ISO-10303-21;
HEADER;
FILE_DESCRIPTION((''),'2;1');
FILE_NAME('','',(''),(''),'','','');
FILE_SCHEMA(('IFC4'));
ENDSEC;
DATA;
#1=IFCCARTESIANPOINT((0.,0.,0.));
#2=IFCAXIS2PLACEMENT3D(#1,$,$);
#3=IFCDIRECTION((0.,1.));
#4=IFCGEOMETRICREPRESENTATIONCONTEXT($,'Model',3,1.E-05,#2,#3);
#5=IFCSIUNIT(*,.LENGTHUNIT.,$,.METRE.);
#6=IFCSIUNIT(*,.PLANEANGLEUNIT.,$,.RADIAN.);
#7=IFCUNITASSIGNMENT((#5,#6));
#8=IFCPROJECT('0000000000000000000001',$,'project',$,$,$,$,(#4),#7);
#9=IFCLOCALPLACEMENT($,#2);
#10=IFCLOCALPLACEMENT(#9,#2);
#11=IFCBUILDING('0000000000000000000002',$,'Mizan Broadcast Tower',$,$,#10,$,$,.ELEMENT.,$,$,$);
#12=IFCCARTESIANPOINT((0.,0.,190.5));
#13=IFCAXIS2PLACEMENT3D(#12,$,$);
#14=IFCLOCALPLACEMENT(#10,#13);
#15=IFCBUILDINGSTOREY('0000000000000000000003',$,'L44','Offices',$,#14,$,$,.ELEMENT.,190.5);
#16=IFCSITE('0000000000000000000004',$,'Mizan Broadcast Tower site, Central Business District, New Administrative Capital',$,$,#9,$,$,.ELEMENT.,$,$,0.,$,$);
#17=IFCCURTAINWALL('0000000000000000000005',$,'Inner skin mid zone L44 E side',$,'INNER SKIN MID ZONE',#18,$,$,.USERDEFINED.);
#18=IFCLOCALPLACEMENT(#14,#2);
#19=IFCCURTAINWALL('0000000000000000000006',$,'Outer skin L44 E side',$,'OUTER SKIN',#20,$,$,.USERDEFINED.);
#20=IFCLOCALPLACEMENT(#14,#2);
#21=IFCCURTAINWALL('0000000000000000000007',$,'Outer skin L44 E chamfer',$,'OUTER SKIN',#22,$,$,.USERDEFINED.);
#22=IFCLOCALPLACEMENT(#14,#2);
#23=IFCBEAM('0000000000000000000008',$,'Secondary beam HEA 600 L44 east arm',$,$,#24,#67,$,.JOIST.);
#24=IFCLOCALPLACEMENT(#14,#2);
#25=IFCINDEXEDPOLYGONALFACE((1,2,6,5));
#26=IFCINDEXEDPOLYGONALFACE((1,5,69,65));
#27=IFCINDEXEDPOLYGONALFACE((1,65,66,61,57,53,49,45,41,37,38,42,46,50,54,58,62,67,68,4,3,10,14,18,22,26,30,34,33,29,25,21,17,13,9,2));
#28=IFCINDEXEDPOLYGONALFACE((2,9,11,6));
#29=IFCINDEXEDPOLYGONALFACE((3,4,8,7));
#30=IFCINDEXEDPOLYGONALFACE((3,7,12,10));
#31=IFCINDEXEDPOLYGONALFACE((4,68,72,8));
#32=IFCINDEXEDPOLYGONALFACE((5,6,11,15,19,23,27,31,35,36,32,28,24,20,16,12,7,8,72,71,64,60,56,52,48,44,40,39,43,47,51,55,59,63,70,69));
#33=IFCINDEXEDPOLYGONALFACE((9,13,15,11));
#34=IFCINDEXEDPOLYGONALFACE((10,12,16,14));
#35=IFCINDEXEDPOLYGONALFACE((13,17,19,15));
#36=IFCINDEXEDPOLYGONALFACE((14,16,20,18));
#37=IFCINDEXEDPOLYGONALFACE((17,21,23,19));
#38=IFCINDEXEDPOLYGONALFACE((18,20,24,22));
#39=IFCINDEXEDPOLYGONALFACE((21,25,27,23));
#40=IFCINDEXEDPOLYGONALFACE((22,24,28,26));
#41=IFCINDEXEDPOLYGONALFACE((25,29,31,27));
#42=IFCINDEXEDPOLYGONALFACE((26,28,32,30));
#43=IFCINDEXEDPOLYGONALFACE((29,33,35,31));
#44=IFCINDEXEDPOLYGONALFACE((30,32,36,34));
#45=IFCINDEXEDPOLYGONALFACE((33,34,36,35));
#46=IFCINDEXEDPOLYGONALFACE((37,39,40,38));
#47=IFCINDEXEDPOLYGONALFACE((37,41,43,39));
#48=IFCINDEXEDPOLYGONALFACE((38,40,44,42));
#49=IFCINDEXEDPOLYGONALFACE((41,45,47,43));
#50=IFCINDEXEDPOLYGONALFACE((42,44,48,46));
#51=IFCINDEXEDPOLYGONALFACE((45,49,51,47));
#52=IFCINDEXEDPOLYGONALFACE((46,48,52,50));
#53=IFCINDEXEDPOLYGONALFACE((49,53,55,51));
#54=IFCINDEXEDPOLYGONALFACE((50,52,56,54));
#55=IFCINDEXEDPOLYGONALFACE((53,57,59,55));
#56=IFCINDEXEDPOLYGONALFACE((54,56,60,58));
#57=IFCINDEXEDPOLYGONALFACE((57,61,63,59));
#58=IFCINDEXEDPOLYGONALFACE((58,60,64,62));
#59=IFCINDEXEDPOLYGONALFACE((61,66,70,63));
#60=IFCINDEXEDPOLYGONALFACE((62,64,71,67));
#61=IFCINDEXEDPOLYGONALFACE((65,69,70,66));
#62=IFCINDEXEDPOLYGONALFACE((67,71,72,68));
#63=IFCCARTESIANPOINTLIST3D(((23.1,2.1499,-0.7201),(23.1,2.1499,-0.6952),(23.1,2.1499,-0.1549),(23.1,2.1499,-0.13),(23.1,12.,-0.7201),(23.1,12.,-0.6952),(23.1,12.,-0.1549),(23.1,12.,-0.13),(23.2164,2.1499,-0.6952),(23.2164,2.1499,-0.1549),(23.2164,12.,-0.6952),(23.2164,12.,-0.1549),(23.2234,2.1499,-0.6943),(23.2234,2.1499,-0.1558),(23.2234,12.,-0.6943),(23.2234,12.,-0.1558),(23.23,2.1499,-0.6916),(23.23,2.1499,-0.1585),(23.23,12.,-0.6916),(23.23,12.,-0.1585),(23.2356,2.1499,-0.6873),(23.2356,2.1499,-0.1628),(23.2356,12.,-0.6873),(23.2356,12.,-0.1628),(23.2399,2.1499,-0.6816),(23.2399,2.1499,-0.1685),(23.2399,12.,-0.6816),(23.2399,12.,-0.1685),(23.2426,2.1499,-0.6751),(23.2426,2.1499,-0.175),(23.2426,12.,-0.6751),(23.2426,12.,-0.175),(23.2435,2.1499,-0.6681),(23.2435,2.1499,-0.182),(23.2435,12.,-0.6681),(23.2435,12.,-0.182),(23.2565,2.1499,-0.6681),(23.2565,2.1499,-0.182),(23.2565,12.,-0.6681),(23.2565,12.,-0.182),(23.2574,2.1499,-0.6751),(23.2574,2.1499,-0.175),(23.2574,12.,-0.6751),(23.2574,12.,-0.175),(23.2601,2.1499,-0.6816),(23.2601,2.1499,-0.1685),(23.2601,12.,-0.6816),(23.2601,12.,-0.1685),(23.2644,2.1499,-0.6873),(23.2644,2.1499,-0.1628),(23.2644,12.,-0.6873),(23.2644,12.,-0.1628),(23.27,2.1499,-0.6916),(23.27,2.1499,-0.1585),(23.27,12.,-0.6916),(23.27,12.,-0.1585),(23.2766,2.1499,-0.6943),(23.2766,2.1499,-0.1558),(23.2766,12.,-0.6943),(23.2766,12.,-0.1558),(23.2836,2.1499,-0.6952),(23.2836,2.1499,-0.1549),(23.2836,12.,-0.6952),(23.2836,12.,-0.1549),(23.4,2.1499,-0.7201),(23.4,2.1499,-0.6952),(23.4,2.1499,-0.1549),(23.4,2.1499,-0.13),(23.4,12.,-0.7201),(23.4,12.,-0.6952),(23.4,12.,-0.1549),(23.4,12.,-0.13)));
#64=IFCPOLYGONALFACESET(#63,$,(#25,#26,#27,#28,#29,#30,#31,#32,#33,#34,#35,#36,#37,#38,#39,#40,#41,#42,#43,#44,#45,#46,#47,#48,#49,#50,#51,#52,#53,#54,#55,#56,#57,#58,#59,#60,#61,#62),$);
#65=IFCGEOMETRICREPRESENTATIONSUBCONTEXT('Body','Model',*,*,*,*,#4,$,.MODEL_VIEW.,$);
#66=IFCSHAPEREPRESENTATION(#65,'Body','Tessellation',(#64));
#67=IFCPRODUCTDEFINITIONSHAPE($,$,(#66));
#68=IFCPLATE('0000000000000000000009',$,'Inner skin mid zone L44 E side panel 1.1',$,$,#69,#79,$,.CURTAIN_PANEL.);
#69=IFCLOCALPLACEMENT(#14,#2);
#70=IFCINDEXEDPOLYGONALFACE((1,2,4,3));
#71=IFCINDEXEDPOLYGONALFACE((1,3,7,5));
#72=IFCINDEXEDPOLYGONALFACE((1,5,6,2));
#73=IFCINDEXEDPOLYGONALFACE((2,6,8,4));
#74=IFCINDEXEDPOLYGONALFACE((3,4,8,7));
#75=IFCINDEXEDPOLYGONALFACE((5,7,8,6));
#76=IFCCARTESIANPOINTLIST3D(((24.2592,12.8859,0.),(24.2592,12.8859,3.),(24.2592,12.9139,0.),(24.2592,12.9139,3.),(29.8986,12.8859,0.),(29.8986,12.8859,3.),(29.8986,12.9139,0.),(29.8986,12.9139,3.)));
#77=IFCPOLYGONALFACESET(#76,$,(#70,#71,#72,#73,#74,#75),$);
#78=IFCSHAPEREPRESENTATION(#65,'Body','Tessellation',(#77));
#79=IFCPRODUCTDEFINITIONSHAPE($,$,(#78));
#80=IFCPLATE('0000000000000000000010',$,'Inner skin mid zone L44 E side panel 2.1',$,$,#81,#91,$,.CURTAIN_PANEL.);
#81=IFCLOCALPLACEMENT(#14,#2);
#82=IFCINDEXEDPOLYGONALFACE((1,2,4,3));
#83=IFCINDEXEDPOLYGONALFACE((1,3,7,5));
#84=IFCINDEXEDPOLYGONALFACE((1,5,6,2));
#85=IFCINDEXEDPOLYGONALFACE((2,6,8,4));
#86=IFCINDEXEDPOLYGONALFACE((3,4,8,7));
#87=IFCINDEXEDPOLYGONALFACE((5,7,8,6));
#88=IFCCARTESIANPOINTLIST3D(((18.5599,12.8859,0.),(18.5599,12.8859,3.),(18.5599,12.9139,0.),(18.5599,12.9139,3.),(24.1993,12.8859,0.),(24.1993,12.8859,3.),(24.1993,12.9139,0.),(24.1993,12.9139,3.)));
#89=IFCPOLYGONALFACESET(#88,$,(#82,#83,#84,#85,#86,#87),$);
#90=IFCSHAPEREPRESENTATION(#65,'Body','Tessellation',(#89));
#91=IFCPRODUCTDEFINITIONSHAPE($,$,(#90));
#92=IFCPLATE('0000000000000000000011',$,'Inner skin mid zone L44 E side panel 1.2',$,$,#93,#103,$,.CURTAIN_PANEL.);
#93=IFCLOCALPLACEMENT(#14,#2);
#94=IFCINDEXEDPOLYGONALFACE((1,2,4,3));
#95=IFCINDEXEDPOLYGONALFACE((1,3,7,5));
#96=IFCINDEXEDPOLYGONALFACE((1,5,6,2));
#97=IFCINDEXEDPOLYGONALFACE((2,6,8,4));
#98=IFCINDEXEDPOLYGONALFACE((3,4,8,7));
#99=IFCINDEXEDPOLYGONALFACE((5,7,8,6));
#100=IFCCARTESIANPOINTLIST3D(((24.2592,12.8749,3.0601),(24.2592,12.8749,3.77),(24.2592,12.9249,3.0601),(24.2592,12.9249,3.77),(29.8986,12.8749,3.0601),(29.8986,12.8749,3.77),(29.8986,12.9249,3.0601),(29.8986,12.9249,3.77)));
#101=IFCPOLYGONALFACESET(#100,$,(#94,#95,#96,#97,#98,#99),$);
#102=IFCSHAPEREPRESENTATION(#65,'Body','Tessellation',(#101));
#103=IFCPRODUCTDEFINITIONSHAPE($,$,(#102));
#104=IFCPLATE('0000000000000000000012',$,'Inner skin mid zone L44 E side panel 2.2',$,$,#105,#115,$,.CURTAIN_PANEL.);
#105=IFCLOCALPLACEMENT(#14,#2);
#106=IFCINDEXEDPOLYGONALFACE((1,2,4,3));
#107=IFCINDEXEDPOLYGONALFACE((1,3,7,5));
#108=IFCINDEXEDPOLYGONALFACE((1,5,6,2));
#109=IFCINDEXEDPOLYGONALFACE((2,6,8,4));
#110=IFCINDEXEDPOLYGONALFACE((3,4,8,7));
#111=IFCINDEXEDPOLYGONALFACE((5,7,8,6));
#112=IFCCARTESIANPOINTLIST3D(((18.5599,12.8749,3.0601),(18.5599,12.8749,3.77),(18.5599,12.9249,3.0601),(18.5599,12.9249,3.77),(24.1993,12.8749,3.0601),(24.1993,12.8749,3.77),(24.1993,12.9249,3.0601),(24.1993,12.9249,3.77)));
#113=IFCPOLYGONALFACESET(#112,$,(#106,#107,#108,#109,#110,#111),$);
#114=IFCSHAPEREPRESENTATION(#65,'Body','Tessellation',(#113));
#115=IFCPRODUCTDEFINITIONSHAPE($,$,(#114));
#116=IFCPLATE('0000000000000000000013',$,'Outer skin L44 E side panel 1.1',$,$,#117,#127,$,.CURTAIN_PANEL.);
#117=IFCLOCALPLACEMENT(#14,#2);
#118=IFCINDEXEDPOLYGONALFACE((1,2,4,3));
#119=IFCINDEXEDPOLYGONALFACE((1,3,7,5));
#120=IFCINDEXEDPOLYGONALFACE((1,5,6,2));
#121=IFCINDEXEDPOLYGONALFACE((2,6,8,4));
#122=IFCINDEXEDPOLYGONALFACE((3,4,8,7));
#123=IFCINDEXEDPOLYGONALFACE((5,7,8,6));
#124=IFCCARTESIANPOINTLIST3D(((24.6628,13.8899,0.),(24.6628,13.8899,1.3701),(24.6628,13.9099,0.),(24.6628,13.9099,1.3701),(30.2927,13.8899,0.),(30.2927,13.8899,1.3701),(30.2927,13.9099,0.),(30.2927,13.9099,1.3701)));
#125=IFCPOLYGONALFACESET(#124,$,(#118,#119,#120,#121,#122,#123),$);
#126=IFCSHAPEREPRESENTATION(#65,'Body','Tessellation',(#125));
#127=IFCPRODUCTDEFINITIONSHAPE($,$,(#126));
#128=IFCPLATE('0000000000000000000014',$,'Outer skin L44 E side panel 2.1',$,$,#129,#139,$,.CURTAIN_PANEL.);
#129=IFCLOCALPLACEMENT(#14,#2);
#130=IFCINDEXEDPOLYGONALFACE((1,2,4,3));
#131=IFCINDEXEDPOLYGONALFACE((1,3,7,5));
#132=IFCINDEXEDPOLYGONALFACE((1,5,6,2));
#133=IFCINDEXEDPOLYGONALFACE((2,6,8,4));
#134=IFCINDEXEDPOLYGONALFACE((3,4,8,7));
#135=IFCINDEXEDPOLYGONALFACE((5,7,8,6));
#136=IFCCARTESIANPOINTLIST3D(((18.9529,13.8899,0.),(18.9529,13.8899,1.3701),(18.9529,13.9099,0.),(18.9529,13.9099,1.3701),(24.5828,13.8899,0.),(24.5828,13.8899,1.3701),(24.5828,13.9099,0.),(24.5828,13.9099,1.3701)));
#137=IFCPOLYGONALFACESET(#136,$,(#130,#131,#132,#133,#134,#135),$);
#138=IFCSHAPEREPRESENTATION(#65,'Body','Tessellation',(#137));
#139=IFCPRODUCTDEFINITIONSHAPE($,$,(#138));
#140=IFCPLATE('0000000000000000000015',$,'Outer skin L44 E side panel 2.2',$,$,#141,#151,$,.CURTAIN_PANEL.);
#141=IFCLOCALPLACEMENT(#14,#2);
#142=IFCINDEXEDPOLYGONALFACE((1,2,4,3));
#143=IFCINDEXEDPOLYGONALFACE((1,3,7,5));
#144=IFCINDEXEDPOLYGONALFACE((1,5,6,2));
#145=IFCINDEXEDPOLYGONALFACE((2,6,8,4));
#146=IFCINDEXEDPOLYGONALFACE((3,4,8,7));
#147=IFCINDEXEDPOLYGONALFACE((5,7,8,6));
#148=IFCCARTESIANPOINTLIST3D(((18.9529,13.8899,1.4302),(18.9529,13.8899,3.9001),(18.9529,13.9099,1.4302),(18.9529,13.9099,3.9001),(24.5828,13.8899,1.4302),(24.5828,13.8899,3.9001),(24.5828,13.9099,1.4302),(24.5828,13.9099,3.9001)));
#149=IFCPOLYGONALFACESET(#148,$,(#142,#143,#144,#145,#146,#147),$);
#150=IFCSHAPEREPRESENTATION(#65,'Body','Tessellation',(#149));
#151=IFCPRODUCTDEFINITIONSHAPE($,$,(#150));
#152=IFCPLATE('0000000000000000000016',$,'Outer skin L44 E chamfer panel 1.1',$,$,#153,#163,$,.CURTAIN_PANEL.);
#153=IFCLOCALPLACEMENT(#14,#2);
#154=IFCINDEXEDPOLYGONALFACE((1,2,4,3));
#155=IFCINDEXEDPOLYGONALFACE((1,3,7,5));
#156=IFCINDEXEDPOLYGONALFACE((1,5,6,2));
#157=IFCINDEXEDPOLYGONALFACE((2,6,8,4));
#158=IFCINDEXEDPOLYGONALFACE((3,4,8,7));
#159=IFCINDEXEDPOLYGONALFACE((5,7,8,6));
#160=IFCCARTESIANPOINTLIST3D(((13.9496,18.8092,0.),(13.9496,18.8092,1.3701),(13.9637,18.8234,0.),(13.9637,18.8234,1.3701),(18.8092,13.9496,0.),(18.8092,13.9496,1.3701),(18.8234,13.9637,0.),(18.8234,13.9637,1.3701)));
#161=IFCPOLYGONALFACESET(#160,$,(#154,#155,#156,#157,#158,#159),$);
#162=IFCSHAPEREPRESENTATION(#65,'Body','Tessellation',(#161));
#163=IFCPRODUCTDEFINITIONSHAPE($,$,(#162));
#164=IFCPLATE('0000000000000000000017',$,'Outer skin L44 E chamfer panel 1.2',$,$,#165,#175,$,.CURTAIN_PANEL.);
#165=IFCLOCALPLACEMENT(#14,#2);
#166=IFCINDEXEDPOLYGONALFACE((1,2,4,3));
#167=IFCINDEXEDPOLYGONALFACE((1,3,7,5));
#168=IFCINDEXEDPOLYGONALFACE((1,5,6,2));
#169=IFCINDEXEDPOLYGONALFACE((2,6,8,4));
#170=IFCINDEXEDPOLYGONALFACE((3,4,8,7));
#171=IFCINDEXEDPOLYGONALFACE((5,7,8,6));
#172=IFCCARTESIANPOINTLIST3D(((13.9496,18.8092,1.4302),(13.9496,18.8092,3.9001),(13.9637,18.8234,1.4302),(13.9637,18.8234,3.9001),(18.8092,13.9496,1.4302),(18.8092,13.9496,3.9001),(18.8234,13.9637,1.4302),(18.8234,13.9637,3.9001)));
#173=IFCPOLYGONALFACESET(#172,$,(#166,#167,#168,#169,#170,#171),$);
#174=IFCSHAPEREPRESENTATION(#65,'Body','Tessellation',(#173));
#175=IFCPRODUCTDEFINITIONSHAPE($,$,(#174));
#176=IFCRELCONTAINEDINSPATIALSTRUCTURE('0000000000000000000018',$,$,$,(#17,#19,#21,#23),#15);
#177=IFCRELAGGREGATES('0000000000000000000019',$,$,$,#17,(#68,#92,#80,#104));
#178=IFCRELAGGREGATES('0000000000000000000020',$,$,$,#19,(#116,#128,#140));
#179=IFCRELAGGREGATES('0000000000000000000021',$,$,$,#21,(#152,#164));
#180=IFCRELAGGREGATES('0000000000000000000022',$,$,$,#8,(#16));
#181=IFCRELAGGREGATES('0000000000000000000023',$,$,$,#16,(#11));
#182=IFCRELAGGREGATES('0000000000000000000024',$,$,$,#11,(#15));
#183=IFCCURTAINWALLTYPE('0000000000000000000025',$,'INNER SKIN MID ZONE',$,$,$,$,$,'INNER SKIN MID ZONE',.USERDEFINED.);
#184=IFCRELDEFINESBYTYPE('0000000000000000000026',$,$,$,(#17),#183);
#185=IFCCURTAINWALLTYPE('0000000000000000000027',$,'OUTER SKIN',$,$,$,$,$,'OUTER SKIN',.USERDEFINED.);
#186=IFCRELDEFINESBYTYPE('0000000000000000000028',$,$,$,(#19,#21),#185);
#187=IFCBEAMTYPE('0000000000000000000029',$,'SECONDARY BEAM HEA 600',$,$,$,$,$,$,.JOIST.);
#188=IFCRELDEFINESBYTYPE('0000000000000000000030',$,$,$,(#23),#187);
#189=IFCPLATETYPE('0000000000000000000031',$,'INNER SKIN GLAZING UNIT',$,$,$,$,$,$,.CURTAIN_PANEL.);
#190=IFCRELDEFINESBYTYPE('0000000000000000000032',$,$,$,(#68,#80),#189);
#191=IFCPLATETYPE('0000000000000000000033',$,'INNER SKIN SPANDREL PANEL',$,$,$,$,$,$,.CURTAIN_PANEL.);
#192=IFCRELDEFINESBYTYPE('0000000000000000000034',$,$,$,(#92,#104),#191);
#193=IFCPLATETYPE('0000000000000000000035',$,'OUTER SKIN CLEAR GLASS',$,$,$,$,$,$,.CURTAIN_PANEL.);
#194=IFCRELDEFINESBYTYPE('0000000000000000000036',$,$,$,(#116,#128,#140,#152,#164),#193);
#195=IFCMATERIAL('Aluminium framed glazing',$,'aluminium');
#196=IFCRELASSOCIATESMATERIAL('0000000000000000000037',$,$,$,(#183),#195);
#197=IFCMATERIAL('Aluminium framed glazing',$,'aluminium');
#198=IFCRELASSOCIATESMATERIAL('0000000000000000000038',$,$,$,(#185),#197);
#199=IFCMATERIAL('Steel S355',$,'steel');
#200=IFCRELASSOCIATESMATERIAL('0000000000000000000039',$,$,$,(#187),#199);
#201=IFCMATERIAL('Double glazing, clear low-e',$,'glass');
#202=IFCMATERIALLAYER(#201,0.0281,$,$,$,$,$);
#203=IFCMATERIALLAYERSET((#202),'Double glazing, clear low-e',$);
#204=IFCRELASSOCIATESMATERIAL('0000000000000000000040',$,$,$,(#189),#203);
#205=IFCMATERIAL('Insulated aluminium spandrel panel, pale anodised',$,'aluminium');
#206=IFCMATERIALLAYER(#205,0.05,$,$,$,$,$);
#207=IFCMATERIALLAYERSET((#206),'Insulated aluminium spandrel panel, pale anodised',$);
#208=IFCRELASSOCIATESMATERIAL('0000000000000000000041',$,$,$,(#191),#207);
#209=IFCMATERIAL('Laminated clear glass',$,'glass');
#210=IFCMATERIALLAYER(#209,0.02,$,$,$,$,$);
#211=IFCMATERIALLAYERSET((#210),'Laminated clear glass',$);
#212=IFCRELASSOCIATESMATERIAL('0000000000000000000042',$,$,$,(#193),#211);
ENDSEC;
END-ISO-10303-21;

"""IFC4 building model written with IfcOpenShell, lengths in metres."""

from ifc_helpers import new_model, si_unit, direction, frame, origin, origin_2d, place, context, subcontext, project, spatial, rectangle, i_section, extrude, material, layer, layer_set, material_profile, profile_set, type_object, element, aggregate, save


model = new_model("IFC4")

# Units and contexts
model_context = context("Model", 3, precision=1e-05, world=origin(), true_north=direction((0.0, 1.0)))
body_context = subcontext(model_context, "Body", "Model", "MODEL_VIEW")
ifc_project = project(units=[si_unit("LENGTHUNIT", "METRE"), si_unit("PLANEANGLEUNIT", "RADIAN")], contexts=[model_context])

# Site, building, storey
site_placement = place(None, origin())
site = spatial("IfcSite", under=ifc_project, at=site_placement, Name="Mizan Broadcast Tower site, Central Business District, New Administrative Capital", CompositionType="ELEMENT", RefElevation=0.0)
building_placement = place(site_placement, origin())
building = spatial("IfcBuilding", under=site, at=building_placement, Name="Mizan Broadcast Tower", CompositionType="ELEMENT")
storey_placement = place(building_placement, frame((0.0, 0.0, 190.5)))
storey = spatial("IfcBuildingStorey", under=building, at=storey_placement, Name="L44", Description="Offices", CompositionType="ELEMENT", Elevation=190.5)

# Curtain walls
ifc_material_1 = material(Name="Aluminium framed glazing", Category="aluminium")
curtain_wall_type_1 = type_object("IfcCurtainWallType", Name="INNER SKIN MID ZONE", ElementType="INNER SKIN MID ZONE", PredefinedType="USERDEFINED", material=ifc_material_1)
curtain_wall_1_placement = place(storey_placement, origin())
curtain_wall_1 = element("IfcCurtainWall", 1, at=curtain_wall_1_placement, inside=storey, type_object=curtain_wall_type_1, Name="Inner skin mid zone L44 E side", ObjectType="INNER SKIN MID ZONE", PredefinedType="USERDEFINED")
ifc_material_2 = material(Name="Aluminium framed glazing", Category="aluminium")
curtain_wall_type_2 = type_object("IfcCurtainWallType", Name="OUTER SKIN", ElementType="OUTER SKIN", PredefinedType="USERDEFINED", material=ifc_material_2)
curtain_wall_2_placement = place(storey_placement, origin())
curtain_wall_2 = element("IfcCurtainWall", 2, at=curtain_wall_2_placement, inside=storey, type_object=curtain_wall_type_2, Name="Outer skin L44 E side", ObjectType="OUTER SKIN", PredefinedType="USERDEFINED")

# Curtain wall
curtain_wall_3_placement = place(storey_placement, origin())
curtain_wall_3 = element("IfcCurtainWall", 3, at=curtain_wall_3_placement, inside=storey, type_object=curtain_wall_type_2, Name="Outer skin L44 E chamfer", ObjectType="OUTER SKIN", PredefinedType="USERDEFINED")

# Beam
ifc_material_3 = material(Name="Steel S355", Category="steel")
ifc_material_profile_1 = material_profile(ifc_material_3, i_section(OverallWidth=0.3, OverallDepth=0.5901, WebThickness=0.0129, FlangeThickness=0.0249, FilletRadius=0.0271, at=origin_2d()), Name="HEA 600")
ifc_profile_set_1 = profile_set([ifc_material_profile_1], Name="Steel S355")
beam_type_1 = type_object("IfcBeamType", Name="SECONDARY BEAM HEA 600", PredefinedType="JOIST", material=ifc_profile_set_1)
for number, where, z_axis, x_axis, name in (
    (4, (23.25, 12.0, -0.425), (0.0, -1.0, 0.0), (1.0, 0.0, 0.0), "Secondary beam HEA 600 L44 east arm"),
):
    element("IfcBeam", number, at=place(storey_placement, frame(where, z_axis=z_axis, x_axis=x_axis)), inside=storey, type_object=beam_type_1, Name=name, PredefinedType="JOIST", context=body_context, shape_type="SweptSolid", body=[
        extrude(i_section(OverallWidth=0.3, OverallDepth=0.5901, WebThickness=0.0129, FlangeThickness=0.0249, FilletRadius=0.0271, at=origin_2d()), origin(), (0.0, 0.0, 1.0), 9.8501),
    ])

# Plates
ifc_material_4 = material(Name="Double glazing, clear low-e", Category="glass")
ifc_layer_1 = layer(ifc_material_4, 0.0281)
ifc_layer_set_1 = layer_set([ifc_layer_1], Name="Double glazing, clear low-e")
plate_type_1 = type_object("IfcPlateType", Name="INNER SKIN GLAZING UNIT", PredefinedType="CURTAIN_PANEL", material=ifc_layer_set_1)
plate_1_placement = place(storey_placement, frame((27.0789, 12.8999, 0.0), z_axis=(0.0, 0.0, 1.0), x_axis=(-1.0, 0.0, 0.0)))
plate_1 = element("IfcPlate", 5, at=plate_1_placement, type_object=plate_type_1, Name="Inner skin mid zone L44 E side panel 1.1", PredefinedType="CURTAIN_PANEL", context=body_context, shape_type="SweptSolid", body=[
    extrude(rectangle(XDim=5.6394, YDim=0.0281, at=origin_2d()), origin(), (0.0, 0.0, 1.0), 3.0),
])
plate_2_placement = place(storey_placement, frame((21.3796, 12.8999, 0.0), z_axis=(0.0, 0.0, 1.0), x_axis=(-1.0, 0.0, 0.0)))
plate_2 = element("IfcPlate", 6, at=plate_2_placement, type_object=plate_type_1, Name="Inner skin mid zone L44 E side panel 2.1", PredefinedType="CURTAIN_PANEL", context=body_context, shape_type="SweptSolid", body=[
    extrude(rectangle(XDim=5.6394, YDim=0.0281, at=origin_2d()), origin(), (0.0, 0.0, 1.0), 3.0),
])
ifc_material_5 = material(Name="Insulated aluminium spandrel panel, pale anodised", Category="aluminium")
ifc_layer_2 = layer(ifc_material_5, 0.05)
ifc_layer_set_2 = layer_set([ifc_layer_2], Name="Insulated aluminium spandrel panel, pale anodised")
plate_type_2 = type_object("IfcPlateType", Name="INNER SKIN SPANDREL PANEL", PredefinedType="CURTAIN_PANEL", material=ifc_layer_set_2)
plate_3_placement = place(storey_placement, frame((27.0789, 12.8999, 3.0601), z_axis=(0.0, 0.0, 1.0), x_axis=(-1.0, 0.0, 0.0)))
plate_3 = element("IfcPlate", 7, at=plate_3_placement, type_object=plate_type_2, Name="Inner skin mid zone L44 E side panel 1.2", PredefinedType="CURTAIN_PANEL", context=body_context, shape_type="SweptSolid", body=[
    extrude(rectangle(XDim=5.6394, YDim=0.05, at=origin_2d()), origin(), (0.0, 0.0, 1.0), 0.71),
])
plate_4_placement = place(storey_placement, frame((21.3796, 12.8999, 3.0601), z_axis=(0.0, 0.0, 1.0), x_axis=(-1.0, 0.0, 0.0)))
plate_4 = element("IfcPlate", 8, at=plate_4_placement, type_object=plate_type_2, Name="Inner skin mid zone L44 E side panel 2.2", PredefinedType="CURTAIN_PANEL", context=body_context, shape_type="SweptSolid", body=[
    extrude(rectangle(XDim=5.6394, YDim=0.05, at=origin_2d()), origin(), (0.0, 0.0, 1.0), 0.71),
])
aggregate(curtain_wall_1, [plate_1, plate_3, plate_2, plate_4])
ifc_material_6 = material(Name="Laminated clear glass", Category="glass")
ifc_layer_3 = layer(ifc_material_6, 0.02)
ifc_layer_set_3 = layer_set([ifc_layer_3], Name="Laminated clear glass")
plate_type_3 = type_object("IfcPlateType", Name="OUTER SKIN CLEAR GLASS", PredefinedType="CURTAIN_PANEL", material=ifc_layer_set_3)
plate_5_placement = place(storey_placement, frame((27.4778, 13.8999, 0.0), z_axis=(0.0, 0.0, 1.0), x_axis=(-1.0, 0.0, 0.0)))
plate_5 = element("IfcPlate", 9, at=plate_5_placement, type_object=plate_type_3, Name="Outer skin L44 E side panel 1.1", PredefinedType="CURTAIN_PANEL", context=body_context, shape_type="SweptSolid", body=[
    extrude(rectangle(XDim=5.6299, YDim=0.02, at=origin_2d()), origin(), (0.0, 0.0, 1.0), 1.3701),
])
plate_6_placement = place(storey_placement, frame((21.7678, 13.8999, 0.0), z_axis=(0.0, 0.0, 1.0), x_axis=(-1.0, 0.0, 0.0)))
plate_6 = element("IfcPlate", 10, at=plate_6_placement, type_object=plate_type_3, Name="Outer skin L44 E side panel 2.1", PredefinedType="CURTAIN_PANEL", context=body_context, shape_type="SweptSolid", body=[
    extrude(rectangle(XDim=5.6299, YDim=0.02, at=origin_2d()), origin(), (0.0, 0.0, 1.0), 1.3701),
])
plate_7_placement = place(storey_placement, frame((21.7678, 13.8999, 1.4302), z_axis=(0.0, 0.0, 1.0), x_axis=(-1.0, 0.0, 0.0)))
plate_7 = element("IfcPlate", 11, at=plate_7_placement, type_object=plate_type_3, Name="Outer skin L44 E side panel 2.2", PredefinedType="CURTAIN_PANEL", context=body_context, shape_type="SweptSolid", body=[
    extrude(rectangle(XDim=5.6299, YDim=0.02, at=origin_2d()), origin(), (0.0, 0.0, 1.0), 2.47),
])
aggregate(curtain_wall_2, [plate_5, plate_6, plate_7])
plate_8_placement = place(storey_placement, frame((16.3865, 16.3865, 0.0), z_axis=(0.0, 0.0, 1.0), x_axis=(-0.707107, 0.707107, 0.0)))
plate_8 = element("IfcPlate", 12, at=plate_8_placement, type_object=plate_type_3, Name="Outer skin L44 E chamfer panel 1.1", PredefinedType="CURTAIN_PANEL", context=body_context, shape_type="SweptSolid", body=[
    extrude(rectangle(XDim=6.8726, YDim=0.02, at=origin_2d()), origin(), (0.0, 0.0, 1.0), 1.3701),
])
plate_9_placement = place(storey_placement, frame((16.3865, 16.3865, 1.4302), z_axis=(0.0, 0.0, 1.0), x_axis=(-0.707107, 0.707107, 0.0)))
plate_9 = element("IfcPlate", 13, at=plate_9_placement, type_object=plate_type_3, Name="Outer skin L44 E chamfer panel 1.2", PredefinedType="CURTAIN_PANEL", context=body_context, shape_type="SweptSolid", body=[
    extrude(rectangle(XDim=6.8726, YDim=0.02, at=origin_2d()), origin(), (0.0, 0.0, 1.0), 2.47),
])
aggregate(curtain_wall_3, [plate_8, plate_9])

save(model, "model.ifc")
